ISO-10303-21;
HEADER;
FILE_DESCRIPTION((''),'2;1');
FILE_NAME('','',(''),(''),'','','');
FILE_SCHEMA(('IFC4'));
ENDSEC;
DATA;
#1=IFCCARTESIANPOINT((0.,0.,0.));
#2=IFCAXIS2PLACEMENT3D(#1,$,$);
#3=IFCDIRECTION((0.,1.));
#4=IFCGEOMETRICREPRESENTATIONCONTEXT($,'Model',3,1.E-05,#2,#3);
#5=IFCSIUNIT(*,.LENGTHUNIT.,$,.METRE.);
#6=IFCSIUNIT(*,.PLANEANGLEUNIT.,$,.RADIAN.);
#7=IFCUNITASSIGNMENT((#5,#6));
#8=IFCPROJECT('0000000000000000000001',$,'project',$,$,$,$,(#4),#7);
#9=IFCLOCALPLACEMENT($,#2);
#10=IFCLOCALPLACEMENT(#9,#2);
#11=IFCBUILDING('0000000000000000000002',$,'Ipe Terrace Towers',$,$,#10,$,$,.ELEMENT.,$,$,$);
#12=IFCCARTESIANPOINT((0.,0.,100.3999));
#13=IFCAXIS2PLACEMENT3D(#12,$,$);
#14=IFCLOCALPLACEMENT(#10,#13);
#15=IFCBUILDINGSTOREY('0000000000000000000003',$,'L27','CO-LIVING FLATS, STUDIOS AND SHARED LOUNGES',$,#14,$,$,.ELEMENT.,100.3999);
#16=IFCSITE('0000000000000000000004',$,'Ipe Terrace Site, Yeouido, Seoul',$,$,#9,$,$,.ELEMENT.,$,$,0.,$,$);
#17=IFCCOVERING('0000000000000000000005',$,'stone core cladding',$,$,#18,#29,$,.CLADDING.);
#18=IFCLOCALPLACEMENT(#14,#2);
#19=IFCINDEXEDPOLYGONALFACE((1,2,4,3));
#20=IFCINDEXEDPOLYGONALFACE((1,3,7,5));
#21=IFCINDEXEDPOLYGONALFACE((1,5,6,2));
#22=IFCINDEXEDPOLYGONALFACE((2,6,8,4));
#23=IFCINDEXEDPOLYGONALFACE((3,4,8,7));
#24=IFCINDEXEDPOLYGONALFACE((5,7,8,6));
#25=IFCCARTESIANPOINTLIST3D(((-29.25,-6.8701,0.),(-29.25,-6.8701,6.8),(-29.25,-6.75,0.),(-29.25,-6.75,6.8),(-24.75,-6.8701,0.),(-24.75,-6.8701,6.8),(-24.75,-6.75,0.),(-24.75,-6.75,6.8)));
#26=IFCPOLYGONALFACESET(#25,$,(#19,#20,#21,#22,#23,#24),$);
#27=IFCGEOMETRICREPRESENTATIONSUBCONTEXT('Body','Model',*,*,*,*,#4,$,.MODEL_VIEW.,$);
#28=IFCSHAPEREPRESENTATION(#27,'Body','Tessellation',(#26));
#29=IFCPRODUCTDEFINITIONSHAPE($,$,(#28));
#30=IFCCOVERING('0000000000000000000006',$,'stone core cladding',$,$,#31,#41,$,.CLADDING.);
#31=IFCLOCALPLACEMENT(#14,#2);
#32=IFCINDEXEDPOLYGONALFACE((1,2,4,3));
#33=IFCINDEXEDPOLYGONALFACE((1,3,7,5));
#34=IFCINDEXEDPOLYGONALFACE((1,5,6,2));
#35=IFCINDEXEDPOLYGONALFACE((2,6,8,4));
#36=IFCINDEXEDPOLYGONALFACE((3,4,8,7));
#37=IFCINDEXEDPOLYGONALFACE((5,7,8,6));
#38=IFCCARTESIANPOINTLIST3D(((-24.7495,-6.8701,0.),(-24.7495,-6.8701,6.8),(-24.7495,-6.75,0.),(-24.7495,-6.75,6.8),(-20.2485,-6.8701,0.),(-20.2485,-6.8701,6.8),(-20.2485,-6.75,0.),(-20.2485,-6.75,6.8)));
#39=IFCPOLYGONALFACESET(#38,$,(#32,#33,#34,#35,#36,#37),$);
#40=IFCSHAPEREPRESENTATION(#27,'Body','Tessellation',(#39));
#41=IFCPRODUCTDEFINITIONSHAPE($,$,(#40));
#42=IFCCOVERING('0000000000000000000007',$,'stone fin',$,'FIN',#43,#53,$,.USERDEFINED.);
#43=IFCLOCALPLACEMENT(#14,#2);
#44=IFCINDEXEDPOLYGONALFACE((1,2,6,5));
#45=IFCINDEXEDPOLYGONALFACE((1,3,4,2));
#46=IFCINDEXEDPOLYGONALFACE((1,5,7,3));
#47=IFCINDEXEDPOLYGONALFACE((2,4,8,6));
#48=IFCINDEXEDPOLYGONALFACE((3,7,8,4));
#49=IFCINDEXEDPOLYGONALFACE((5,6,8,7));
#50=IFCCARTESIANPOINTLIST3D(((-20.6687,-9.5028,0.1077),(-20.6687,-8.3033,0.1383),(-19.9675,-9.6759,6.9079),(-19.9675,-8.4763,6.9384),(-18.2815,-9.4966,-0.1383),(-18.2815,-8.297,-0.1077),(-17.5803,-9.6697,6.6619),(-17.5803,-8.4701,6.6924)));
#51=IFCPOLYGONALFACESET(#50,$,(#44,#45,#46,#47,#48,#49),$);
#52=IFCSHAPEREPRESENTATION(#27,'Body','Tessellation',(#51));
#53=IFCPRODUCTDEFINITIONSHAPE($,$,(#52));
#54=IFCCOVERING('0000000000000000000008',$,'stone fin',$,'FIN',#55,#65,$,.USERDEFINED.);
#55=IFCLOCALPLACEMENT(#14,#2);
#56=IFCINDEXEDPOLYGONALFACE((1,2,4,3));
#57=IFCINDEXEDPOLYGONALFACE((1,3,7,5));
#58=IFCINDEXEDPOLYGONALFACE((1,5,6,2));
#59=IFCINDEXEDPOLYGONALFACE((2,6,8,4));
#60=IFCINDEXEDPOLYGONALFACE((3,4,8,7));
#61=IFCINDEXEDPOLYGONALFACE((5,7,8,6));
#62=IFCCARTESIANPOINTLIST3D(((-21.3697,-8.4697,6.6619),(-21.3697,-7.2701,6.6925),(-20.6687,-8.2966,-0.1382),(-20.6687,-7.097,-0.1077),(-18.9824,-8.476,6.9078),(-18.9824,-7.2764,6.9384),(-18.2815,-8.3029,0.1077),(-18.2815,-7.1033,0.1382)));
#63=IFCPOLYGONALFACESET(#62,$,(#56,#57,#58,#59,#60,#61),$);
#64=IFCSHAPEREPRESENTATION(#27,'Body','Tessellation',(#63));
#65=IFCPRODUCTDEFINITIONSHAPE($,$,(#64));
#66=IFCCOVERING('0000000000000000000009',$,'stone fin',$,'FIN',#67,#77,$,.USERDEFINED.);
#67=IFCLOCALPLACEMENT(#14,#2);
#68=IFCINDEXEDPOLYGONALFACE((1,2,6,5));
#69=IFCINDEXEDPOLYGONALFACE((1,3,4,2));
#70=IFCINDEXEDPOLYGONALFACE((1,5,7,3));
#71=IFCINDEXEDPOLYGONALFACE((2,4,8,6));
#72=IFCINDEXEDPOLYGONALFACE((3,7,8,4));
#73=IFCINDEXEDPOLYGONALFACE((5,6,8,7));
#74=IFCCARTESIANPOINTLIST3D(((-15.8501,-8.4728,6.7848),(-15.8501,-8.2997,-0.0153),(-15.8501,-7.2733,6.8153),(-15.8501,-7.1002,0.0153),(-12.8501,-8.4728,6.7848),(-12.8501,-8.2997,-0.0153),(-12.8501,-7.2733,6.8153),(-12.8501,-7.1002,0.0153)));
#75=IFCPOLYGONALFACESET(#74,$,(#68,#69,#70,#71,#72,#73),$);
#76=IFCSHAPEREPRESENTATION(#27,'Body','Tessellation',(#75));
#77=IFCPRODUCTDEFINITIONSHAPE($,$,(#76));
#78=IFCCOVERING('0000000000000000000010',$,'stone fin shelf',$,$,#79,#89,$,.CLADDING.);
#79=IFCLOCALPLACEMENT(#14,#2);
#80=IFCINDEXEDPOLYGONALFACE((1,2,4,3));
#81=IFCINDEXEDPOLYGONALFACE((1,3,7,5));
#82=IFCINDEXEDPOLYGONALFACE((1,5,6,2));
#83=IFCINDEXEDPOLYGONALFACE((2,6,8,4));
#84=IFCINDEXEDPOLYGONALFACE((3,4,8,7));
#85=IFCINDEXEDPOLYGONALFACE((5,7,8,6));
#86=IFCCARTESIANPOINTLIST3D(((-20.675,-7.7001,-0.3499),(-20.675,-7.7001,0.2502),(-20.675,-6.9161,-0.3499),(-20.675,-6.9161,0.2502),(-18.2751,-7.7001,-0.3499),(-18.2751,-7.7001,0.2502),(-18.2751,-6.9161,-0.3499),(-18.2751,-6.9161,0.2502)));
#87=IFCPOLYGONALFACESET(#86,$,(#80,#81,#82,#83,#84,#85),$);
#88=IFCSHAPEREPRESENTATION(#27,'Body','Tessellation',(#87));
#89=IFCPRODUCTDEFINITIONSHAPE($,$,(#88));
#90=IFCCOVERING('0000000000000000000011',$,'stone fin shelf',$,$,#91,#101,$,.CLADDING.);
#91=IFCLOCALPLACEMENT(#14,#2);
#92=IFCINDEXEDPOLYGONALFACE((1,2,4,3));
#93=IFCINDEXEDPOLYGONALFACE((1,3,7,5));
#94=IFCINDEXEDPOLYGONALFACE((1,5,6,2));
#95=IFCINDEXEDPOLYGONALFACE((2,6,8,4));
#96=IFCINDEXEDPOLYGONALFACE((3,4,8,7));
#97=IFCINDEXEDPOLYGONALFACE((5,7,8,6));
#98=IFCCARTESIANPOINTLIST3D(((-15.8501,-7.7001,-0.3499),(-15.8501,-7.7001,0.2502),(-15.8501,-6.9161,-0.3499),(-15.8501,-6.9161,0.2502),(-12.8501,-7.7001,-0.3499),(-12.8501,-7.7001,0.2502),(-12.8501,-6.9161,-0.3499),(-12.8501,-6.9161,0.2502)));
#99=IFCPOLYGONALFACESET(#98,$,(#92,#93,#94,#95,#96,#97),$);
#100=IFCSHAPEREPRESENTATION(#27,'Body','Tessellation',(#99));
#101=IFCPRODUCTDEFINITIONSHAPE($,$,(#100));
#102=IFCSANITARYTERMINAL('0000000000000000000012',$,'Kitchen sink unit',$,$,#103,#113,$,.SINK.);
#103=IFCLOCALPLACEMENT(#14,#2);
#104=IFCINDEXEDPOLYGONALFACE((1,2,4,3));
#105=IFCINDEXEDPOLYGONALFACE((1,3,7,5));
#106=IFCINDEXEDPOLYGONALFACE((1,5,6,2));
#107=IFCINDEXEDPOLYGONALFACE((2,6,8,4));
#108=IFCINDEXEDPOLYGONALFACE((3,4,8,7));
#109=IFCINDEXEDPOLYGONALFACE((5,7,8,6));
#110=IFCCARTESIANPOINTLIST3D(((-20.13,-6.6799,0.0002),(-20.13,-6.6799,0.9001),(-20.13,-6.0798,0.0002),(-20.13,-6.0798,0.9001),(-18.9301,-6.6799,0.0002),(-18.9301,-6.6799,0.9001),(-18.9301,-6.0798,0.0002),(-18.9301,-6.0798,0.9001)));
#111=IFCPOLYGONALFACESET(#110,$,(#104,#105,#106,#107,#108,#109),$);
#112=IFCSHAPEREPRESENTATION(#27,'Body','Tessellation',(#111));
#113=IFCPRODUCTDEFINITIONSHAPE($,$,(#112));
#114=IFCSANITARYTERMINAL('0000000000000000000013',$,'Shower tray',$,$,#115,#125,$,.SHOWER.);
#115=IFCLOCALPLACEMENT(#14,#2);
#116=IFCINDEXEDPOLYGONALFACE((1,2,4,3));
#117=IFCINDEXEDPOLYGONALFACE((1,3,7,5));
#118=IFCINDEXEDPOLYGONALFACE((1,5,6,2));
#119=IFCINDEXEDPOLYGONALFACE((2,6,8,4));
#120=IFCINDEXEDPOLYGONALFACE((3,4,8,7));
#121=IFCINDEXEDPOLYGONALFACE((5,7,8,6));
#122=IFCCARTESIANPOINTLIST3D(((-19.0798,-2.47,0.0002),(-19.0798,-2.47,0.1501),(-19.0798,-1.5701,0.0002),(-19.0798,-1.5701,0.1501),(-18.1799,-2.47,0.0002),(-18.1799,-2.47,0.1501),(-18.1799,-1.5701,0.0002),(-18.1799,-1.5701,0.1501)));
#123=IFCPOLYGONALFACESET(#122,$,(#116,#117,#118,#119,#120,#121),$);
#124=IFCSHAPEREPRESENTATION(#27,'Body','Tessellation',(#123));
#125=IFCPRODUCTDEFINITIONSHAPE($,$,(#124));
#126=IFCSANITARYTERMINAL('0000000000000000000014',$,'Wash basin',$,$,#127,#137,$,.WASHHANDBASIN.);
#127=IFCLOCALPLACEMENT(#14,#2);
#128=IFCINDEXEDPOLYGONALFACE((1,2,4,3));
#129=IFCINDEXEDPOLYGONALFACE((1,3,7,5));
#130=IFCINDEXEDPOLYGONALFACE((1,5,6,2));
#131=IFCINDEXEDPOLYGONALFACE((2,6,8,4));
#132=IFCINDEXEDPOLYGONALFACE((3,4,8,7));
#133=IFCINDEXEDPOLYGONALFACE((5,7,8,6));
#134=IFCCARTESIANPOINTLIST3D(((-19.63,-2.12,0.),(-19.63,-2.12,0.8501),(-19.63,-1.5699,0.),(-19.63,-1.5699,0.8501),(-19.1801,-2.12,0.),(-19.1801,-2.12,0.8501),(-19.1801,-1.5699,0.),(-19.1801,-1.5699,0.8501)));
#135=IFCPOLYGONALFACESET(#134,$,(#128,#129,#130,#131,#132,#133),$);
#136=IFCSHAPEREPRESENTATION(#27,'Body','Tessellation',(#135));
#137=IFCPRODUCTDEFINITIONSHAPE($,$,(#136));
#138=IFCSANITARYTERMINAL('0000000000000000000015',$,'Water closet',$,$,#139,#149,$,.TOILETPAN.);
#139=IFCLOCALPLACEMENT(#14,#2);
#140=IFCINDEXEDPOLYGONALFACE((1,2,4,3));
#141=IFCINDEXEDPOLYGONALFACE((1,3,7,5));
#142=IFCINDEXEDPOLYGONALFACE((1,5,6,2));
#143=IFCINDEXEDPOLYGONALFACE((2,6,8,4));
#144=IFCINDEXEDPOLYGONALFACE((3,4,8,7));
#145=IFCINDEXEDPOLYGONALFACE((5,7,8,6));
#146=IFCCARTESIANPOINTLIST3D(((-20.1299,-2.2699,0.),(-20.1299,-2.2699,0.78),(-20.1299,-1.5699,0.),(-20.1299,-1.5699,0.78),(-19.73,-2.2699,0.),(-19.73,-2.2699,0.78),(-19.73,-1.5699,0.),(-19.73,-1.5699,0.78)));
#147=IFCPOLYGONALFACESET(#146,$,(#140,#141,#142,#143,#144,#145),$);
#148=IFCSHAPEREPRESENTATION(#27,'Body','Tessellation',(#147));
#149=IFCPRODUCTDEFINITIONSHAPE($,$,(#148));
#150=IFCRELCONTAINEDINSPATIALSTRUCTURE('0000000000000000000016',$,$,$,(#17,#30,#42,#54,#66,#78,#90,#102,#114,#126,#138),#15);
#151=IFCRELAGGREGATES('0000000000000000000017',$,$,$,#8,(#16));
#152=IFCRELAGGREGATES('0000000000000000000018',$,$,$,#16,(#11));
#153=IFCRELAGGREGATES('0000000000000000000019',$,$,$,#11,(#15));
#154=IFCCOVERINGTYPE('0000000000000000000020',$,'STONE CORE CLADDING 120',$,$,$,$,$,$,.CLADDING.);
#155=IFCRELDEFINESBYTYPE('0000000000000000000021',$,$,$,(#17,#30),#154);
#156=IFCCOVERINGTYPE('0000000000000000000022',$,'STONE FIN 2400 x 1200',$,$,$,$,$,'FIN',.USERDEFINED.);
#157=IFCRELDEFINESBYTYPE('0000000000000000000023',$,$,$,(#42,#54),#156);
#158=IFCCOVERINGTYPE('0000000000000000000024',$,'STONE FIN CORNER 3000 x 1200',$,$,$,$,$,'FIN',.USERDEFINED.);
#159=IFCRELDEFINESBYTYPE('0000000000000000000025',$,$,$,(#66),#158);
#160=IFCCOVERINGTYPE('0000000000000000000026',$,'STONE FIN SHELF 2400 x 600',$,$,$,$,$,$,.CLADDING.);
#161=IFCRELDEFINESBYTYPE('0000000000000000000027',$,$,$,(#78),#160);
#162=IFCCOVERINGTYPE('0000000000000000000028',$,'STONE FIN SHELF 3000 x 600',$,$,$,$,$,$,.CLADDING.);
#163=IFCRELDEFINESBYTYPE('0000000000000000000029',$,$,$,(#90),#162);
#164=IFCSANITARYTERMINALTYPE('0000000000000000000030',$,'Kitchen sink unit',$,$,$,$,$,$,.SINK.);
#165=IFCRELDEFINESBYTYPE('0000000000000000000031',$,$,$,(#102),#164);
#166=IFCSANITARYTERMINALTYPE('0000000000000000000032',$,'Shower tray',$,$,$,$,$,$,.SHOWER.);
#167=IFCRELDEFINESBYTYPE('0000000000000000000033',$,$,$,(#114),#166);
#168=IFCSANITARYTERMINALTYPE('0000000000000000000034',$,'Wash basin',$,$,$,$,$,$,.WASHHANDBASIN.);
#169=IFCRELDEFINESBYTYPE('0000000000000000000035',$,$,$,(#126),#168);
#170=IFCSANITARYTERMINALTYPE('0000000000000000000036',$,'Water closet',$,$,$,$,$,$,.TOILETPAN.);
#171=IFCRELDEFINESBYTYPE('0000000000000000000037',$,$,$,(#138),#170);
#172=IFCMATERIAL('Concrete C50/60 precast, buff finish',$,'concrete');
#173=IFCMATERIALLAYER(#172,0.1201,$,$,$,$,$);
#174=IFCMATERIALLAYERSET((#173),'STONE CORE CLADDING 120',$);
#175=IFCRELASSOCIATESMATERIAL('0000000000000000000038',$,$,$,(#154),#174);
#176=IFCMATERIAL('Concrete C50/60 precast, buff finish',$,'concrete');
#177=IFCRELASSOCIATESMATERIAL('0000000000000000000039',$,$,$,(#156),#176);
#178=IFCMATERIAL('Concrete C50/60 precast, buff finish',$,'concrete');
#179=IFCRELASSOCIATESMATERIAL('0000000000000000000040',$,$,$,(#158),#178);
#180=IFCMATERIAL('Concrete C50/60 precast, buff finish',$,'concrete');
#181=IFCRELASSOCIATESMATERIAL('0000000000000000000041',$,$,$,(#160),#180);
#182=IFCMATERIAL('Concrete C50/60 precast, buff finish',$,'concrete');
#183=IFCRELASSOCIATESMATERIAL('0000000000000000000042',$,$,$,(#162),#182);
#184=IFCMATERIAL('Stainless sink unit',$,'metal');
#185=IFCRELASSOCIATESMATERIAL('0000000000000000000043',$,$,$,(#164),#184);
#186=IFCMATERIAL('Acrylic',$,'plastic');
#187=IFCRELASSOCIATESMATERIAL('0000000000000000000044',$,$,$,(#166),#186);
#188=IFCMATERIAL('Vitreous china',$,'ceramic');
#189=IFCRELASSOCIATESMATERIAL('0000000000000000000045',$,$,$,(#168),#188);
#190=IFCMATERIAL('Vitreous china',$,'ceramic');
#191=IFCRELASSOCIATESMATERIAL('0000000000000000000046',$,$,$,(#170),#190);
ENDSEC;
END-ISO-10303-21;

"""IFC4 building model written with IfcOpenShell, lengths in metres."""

from ifc_helpers import new_model, si_unit, direction, frame, origin, origin_2d, place, context, subcontext, project, spatial, rectangle, extrude, material, layer, layer_set, material_profile, profile_set, type_object, element, save


model = new_model("IFC4")

# Units and contexts
model_context = context("Model", 3, precision=1e-05, world=origin(), true_north=direction((0.0, 1.0)))
body_context = subcontext(model_context, "Body", "Model", "MODEL_VIEW")
ifc_project = project(units=[si_unit("LENGTHUNIT", "METRE"), si_unit("PLANEANGLEUNIT", "RADIAN")], contexts=[model_context])

# Site, building, storey
site_placement = place(None, origin())
site = spatial("IfcSite", under=ifc_project, at=site_placement, Name="Ipe Terrace Site, Yeouido, Seoul", CompositionType="ELEMENT", RefElevation=0.0)
building_placement = place(site_placement, origin())
building = spatial("IfcBuilding", under=site, at=building_placement, Name="Ipe Terrace Towers", CompositionType="ELEMENT")
storey_placement = place(building_placement, frame((0.0, 0.0, 100.3999)))
storey = spatial("IfcBuildingStorey", under=building, at=storey_placement, Name="L27", Description="CO-LIVING FLATS, STUDIOS AND SHARED LOUNGES", CompositionType="ELEMENT", Elevation=100.3999)

# Coverings
ifc_material_1 = material(Name="Concrete C50/60 precast, buff finish", Category="concrete")
ifc_layer_1 = layer(ifc_material_1, 0.1201)
ifc_layer_set_1 = layer_set([ifc_layer_1], Name="STONE CORE CLADDING 120")
covering_type_1 = type_object("IfcCoveringType", Name="STONE CORE CLADDING 120", PredefinedType="CLADDING", material=ifc_layer_set_1)
covering_1_placement = place(storey_placement, frame((-27.0, -6.8101, 0.0), z_axis=(0.0, 0.0, 1.0), x_axis=(1.0, 0.0, 0.0)))
element("IfcCovering", 1, at=covering_1_placement, inside=storey, type_object=covering_type_1, Name="stone core cladding", PredefinedType="CLADDING", context=body_context, shape_type="SweptSolid", body=[
    extrude(rectangle(XDim=4.5, YDim=0.1201, at=origin_2d()), origin(), (0.0, 0.0, 1.0), 6.8),
])
covering_2_placement = place(storey_placement, frame((-22.499, -6.8101, 0.0), z_axis=(0.0, 0.0, 1.0), x_axis=(1.0, 0.0, 0.0)))
element("IfcCovering", 2, at=covering_2_placement, inside=storey, type_object=covering_type_1, Name="stone core cladding", PredefinedType="CLADDING", context=body_context, shape_type="SweptSolid", body=[
    extrude(rectangle(XDim=4.501, YDim=0.1201, at=origin_2d()), origin(), (0.0, 0.0, 1.0), 6.8),
])
ifc_material_2 = material(Name="Concrete C50/60 precast, buff finish", Category="concrete")
ifc_material_profile_1 = material_profile(ifc_material_2, rectangle(XDim=2.3999, YDim=1.2, at=origin_2d()), Name="STONE FIN 2400 x 1200")
ifc_profile_set_1 = profile_set([ifc_material_profile_1], Name="Concrete C50/60 precast, buff finish")
covering_type_2 = type_object("IfcCoveringType", Name="STONE FIN 2400 x 1200", ElementType="FIN", PredefinedType="USERDEFINED", material=ifc_profile_set_1)
for number, where, z_axis, x_axis, name in (
    (3, (-19.4751, -8.8999, 0.0), (0.102536, -0.025313, 0.994407), (0.994729, 0.002609, -0.102503), "stone fin"),
    (4, (-19.4751, -7.7, 0.0), (-0.102501, -0.025313, 0.994411), (0.994733, -0.002608, 0.102468), "stone fin"),
):
    element("IfcCovering", number, at=place(storey_placement, frame(where, z_axis=z_axis, x_axis=x_axis)), inside=storey, type_object=covering_type_2, Name=name, ObjectType="FIN", PredefinedType="USERDEFINED", context=body_context, shape_type="SweptSolid", body=[
        extrude(rectangle(XDim=2.3999, YDim=1.2, at=origin_2d()), origin(), (0.0, 0.0, 1.0), 6.8384),
    ])
ifc_material_3 = material(Name="Concrete C50/60 precast, buff finish", Category="concrete")
ifc_material_profile_2 = material_profile(ifc_material_3, rectangle(XDim=3.0, YDim=1.2, at=origin_2d()), Name="STONE FIN CORNER 3000 x 1200")
ifc_profile_set_2 = profile_set([ifc_material_profile_2], Name="Concrete C50/60 precast, buff finish")
covering_type_3 = type_object("IfcCoveringType", Name="STONE FIN CORNER 3000 x 1200", ElementType="FIN", PredefinedType="USERDEFINED", material=ifc_profile_set_2)
covering_3_placement = place(storey_placement, frame((-14.3501, -7.7, 0.0), z_axis=(0.0, -0.025447, 0.999676), x_axis=(1.0, 0.0, 0.0)))
element("IfcCovering", 5, at=covering_3_placement, inside=storey, type_object=covering_type_3, Name="stone fin", ObjectType="FIN", PredefinedType="USERDEFINED", context=body_context, shape_type="SweptSolid", body=[
    extrude(rectangle(XDim=3.0, YDim=1.2, at=origin_2d()), origin(), (0.0, 0.0, 1.0), 6.8022),
])
ifc_material_4 = material(Name="Concrete C50/60 precast, buff finish", Category="concrete")
covering_type_4 = type_object("IfcCoveringType", Name="STONE FIN SHELF 2400 x 600", PredefinedType="CLADDING", material=ifc_material_4)
covering_4_placement = place(storey_placement, frame((-19.4751, -7.3081, -0.3499), z_axis=(0.0, 0.0, 1.0), x_axis=(1.0, 0.0, 0.0)))
element("IfcCovering", 6, at=covering_4_placement, inside=storey, type_object=covering_type_4, Name="stone fin shelf", PredefinedType="CLADDING", context=body_context, shape_type="SweptSolid", body=[
    extrude(rectangle(XDim=2.3999, YDim=0.7839, at=origin_2d()), origin(), (0.0, 0.0, 1.0), 0.6001),
])
ifc_material_5 = material(Name="Concrete C50/60 precast, buff finish", Category="concrete")
covering_type_5 = type_object("IfcCoveringType", Name="STONE FIN SHELF 3000 x 600", PredefinedType="CLADDING", material=ifc_material_5)
covering_5_placement = place(storey_placement, frame((-14.3501, -7.3081, -0.3499), z_axis=(0.0, 0.0, 1.0), x_axis=(1.0, 0.0, 0.0)))
element("IfcCovering", 7, at=covering_5_placement, inside=storey, type_object=covering_type_5, Name="stone fin shelf", PredefinedType="CLADDING", context=body_context, shape_type="SweptSolid", body=[
    extrude(rectangle(XDim=3.0, YDim=0.7839, at=origin_2d()), origin(), (0.0, 0.0, 1.0), 0.6001),
])

# Sanitary terminals
ifc_material_6 = material(Name="Stainless sink unit", Category="metal")
sanitary_terminal_type_1 = type_object("IfcSanitaryTerminalType", Name="Kitchen sink unit", PredefinedType="SINK", material=ifc_material_6)
sanitary_terminal_1_placement = place(storey_placement, frame((-19.53, -6.3799, 0.0002), z_axis=(0.0, 0.0, 1.0), x_axis=(-1.0, 0.0, 0.0)))
element("IfcSanitaryTerminal", 8, at=sanitary_terminal_1_placement, inside=storey, type_object=sanitary_terminal_type_1, Name="Kitchen sink unit", PredefinedType="SINK", context=body_context, shape_type="SweptSolid", body=[
    extrude(rectangle(XDim=1.2, YDim=0.6001, at=origin_2d()), origin(), (0.0, 0.0, 1.0), 0.8999),
])
ifc_material_7 = material(Name="Acrylic", Category="plastic")
sanitary_terminal_type_2 = type_object("IfcSanitaryTerminalType", Name="Shower tray", PredefinedType="SHOWER", material=ifc_material_7)
sanitary_terminal_2_placement = place(storey_placement, frame((-18.6299, -2.02, 0.0002), z_axis=(0.0, 0.0, 1.0), x_axis=(0.0, -1.0, 0.0)))
element("IfcSanitaryTerminal", 9, at=sanitary_terminal_2_placement, inside=storey, type_object=sanitary_terminal_type_2, Name="Shower tray", PredefinedType="SHOWER", context=body_context, shape_type="SweptSolid", body=[
    extrude(rectangle(XDim=0.8999, YDim=0.8999, at=origin_2d()), origin(), (0.0, 0.0, 1.0), 0.1499),
])
ifc_material_8 = material(Name="Vitreous china", Category="ceramic")
sanitary_terminal_type_3 = type_object("IfcSanitaryTerminalType", Name="Wash basin", PredefinedType="WASHHANDBASIN", material=ifc_material_8)
sanitary_terminal_3_placement = place(storey_placement, frame((-19.405, -1.845, 0.0), z_axis=(0.0, 0.0, 1.0), x_axis=(0.0, -1.0, 0.0)))
element("IfcSanitaryTerminal", 10, at=sanitary_terminal_3_placement, inside=storey, type_object=sanitary_terminal_type_3, Name="Wash basin", PredefinedType="WASHHANDBASIN", context=body_context, shape_type="SweptSolid", body=[
    extrude(rectangle(XDim=0.55, YDim=0.45, at=origin_2d()), origin(), (0.0, 0.0, 1.0), 0.8501),
])
ifc_material_9 = material(Name="Vitreous china", Category="ceramic")
sanitary_terminal_type_4 = type_object("IfcSanitaryTerminalType", Name="Water closet", PredefinedType="TOILETPAN", material=ifc_material_9)
sanitary_terminal_4_placement = place(storey_placement, frame((-19.9299, -1.9199, 0.0), z_axis=(0.0, 0.0, 1.0), x_axis=(0.0, -1.0, 0.0)))
element("IfcSanitaryTerminal", 11, at=sanitary_terminal_4_placement, inside=storey, type_object=sanitary_terminal_type_4, Name="Water closet", PredefinedType="TOILETPAN", context=body_context, shape_type="SweptSolid", body=[
    extrude(rectangle(XDim=0.7, YDim=0.3999, at=origin_2d()), origin(), (0.0, 0.0, 1.0), 0.78),
])

save(model, "model.ifc")
